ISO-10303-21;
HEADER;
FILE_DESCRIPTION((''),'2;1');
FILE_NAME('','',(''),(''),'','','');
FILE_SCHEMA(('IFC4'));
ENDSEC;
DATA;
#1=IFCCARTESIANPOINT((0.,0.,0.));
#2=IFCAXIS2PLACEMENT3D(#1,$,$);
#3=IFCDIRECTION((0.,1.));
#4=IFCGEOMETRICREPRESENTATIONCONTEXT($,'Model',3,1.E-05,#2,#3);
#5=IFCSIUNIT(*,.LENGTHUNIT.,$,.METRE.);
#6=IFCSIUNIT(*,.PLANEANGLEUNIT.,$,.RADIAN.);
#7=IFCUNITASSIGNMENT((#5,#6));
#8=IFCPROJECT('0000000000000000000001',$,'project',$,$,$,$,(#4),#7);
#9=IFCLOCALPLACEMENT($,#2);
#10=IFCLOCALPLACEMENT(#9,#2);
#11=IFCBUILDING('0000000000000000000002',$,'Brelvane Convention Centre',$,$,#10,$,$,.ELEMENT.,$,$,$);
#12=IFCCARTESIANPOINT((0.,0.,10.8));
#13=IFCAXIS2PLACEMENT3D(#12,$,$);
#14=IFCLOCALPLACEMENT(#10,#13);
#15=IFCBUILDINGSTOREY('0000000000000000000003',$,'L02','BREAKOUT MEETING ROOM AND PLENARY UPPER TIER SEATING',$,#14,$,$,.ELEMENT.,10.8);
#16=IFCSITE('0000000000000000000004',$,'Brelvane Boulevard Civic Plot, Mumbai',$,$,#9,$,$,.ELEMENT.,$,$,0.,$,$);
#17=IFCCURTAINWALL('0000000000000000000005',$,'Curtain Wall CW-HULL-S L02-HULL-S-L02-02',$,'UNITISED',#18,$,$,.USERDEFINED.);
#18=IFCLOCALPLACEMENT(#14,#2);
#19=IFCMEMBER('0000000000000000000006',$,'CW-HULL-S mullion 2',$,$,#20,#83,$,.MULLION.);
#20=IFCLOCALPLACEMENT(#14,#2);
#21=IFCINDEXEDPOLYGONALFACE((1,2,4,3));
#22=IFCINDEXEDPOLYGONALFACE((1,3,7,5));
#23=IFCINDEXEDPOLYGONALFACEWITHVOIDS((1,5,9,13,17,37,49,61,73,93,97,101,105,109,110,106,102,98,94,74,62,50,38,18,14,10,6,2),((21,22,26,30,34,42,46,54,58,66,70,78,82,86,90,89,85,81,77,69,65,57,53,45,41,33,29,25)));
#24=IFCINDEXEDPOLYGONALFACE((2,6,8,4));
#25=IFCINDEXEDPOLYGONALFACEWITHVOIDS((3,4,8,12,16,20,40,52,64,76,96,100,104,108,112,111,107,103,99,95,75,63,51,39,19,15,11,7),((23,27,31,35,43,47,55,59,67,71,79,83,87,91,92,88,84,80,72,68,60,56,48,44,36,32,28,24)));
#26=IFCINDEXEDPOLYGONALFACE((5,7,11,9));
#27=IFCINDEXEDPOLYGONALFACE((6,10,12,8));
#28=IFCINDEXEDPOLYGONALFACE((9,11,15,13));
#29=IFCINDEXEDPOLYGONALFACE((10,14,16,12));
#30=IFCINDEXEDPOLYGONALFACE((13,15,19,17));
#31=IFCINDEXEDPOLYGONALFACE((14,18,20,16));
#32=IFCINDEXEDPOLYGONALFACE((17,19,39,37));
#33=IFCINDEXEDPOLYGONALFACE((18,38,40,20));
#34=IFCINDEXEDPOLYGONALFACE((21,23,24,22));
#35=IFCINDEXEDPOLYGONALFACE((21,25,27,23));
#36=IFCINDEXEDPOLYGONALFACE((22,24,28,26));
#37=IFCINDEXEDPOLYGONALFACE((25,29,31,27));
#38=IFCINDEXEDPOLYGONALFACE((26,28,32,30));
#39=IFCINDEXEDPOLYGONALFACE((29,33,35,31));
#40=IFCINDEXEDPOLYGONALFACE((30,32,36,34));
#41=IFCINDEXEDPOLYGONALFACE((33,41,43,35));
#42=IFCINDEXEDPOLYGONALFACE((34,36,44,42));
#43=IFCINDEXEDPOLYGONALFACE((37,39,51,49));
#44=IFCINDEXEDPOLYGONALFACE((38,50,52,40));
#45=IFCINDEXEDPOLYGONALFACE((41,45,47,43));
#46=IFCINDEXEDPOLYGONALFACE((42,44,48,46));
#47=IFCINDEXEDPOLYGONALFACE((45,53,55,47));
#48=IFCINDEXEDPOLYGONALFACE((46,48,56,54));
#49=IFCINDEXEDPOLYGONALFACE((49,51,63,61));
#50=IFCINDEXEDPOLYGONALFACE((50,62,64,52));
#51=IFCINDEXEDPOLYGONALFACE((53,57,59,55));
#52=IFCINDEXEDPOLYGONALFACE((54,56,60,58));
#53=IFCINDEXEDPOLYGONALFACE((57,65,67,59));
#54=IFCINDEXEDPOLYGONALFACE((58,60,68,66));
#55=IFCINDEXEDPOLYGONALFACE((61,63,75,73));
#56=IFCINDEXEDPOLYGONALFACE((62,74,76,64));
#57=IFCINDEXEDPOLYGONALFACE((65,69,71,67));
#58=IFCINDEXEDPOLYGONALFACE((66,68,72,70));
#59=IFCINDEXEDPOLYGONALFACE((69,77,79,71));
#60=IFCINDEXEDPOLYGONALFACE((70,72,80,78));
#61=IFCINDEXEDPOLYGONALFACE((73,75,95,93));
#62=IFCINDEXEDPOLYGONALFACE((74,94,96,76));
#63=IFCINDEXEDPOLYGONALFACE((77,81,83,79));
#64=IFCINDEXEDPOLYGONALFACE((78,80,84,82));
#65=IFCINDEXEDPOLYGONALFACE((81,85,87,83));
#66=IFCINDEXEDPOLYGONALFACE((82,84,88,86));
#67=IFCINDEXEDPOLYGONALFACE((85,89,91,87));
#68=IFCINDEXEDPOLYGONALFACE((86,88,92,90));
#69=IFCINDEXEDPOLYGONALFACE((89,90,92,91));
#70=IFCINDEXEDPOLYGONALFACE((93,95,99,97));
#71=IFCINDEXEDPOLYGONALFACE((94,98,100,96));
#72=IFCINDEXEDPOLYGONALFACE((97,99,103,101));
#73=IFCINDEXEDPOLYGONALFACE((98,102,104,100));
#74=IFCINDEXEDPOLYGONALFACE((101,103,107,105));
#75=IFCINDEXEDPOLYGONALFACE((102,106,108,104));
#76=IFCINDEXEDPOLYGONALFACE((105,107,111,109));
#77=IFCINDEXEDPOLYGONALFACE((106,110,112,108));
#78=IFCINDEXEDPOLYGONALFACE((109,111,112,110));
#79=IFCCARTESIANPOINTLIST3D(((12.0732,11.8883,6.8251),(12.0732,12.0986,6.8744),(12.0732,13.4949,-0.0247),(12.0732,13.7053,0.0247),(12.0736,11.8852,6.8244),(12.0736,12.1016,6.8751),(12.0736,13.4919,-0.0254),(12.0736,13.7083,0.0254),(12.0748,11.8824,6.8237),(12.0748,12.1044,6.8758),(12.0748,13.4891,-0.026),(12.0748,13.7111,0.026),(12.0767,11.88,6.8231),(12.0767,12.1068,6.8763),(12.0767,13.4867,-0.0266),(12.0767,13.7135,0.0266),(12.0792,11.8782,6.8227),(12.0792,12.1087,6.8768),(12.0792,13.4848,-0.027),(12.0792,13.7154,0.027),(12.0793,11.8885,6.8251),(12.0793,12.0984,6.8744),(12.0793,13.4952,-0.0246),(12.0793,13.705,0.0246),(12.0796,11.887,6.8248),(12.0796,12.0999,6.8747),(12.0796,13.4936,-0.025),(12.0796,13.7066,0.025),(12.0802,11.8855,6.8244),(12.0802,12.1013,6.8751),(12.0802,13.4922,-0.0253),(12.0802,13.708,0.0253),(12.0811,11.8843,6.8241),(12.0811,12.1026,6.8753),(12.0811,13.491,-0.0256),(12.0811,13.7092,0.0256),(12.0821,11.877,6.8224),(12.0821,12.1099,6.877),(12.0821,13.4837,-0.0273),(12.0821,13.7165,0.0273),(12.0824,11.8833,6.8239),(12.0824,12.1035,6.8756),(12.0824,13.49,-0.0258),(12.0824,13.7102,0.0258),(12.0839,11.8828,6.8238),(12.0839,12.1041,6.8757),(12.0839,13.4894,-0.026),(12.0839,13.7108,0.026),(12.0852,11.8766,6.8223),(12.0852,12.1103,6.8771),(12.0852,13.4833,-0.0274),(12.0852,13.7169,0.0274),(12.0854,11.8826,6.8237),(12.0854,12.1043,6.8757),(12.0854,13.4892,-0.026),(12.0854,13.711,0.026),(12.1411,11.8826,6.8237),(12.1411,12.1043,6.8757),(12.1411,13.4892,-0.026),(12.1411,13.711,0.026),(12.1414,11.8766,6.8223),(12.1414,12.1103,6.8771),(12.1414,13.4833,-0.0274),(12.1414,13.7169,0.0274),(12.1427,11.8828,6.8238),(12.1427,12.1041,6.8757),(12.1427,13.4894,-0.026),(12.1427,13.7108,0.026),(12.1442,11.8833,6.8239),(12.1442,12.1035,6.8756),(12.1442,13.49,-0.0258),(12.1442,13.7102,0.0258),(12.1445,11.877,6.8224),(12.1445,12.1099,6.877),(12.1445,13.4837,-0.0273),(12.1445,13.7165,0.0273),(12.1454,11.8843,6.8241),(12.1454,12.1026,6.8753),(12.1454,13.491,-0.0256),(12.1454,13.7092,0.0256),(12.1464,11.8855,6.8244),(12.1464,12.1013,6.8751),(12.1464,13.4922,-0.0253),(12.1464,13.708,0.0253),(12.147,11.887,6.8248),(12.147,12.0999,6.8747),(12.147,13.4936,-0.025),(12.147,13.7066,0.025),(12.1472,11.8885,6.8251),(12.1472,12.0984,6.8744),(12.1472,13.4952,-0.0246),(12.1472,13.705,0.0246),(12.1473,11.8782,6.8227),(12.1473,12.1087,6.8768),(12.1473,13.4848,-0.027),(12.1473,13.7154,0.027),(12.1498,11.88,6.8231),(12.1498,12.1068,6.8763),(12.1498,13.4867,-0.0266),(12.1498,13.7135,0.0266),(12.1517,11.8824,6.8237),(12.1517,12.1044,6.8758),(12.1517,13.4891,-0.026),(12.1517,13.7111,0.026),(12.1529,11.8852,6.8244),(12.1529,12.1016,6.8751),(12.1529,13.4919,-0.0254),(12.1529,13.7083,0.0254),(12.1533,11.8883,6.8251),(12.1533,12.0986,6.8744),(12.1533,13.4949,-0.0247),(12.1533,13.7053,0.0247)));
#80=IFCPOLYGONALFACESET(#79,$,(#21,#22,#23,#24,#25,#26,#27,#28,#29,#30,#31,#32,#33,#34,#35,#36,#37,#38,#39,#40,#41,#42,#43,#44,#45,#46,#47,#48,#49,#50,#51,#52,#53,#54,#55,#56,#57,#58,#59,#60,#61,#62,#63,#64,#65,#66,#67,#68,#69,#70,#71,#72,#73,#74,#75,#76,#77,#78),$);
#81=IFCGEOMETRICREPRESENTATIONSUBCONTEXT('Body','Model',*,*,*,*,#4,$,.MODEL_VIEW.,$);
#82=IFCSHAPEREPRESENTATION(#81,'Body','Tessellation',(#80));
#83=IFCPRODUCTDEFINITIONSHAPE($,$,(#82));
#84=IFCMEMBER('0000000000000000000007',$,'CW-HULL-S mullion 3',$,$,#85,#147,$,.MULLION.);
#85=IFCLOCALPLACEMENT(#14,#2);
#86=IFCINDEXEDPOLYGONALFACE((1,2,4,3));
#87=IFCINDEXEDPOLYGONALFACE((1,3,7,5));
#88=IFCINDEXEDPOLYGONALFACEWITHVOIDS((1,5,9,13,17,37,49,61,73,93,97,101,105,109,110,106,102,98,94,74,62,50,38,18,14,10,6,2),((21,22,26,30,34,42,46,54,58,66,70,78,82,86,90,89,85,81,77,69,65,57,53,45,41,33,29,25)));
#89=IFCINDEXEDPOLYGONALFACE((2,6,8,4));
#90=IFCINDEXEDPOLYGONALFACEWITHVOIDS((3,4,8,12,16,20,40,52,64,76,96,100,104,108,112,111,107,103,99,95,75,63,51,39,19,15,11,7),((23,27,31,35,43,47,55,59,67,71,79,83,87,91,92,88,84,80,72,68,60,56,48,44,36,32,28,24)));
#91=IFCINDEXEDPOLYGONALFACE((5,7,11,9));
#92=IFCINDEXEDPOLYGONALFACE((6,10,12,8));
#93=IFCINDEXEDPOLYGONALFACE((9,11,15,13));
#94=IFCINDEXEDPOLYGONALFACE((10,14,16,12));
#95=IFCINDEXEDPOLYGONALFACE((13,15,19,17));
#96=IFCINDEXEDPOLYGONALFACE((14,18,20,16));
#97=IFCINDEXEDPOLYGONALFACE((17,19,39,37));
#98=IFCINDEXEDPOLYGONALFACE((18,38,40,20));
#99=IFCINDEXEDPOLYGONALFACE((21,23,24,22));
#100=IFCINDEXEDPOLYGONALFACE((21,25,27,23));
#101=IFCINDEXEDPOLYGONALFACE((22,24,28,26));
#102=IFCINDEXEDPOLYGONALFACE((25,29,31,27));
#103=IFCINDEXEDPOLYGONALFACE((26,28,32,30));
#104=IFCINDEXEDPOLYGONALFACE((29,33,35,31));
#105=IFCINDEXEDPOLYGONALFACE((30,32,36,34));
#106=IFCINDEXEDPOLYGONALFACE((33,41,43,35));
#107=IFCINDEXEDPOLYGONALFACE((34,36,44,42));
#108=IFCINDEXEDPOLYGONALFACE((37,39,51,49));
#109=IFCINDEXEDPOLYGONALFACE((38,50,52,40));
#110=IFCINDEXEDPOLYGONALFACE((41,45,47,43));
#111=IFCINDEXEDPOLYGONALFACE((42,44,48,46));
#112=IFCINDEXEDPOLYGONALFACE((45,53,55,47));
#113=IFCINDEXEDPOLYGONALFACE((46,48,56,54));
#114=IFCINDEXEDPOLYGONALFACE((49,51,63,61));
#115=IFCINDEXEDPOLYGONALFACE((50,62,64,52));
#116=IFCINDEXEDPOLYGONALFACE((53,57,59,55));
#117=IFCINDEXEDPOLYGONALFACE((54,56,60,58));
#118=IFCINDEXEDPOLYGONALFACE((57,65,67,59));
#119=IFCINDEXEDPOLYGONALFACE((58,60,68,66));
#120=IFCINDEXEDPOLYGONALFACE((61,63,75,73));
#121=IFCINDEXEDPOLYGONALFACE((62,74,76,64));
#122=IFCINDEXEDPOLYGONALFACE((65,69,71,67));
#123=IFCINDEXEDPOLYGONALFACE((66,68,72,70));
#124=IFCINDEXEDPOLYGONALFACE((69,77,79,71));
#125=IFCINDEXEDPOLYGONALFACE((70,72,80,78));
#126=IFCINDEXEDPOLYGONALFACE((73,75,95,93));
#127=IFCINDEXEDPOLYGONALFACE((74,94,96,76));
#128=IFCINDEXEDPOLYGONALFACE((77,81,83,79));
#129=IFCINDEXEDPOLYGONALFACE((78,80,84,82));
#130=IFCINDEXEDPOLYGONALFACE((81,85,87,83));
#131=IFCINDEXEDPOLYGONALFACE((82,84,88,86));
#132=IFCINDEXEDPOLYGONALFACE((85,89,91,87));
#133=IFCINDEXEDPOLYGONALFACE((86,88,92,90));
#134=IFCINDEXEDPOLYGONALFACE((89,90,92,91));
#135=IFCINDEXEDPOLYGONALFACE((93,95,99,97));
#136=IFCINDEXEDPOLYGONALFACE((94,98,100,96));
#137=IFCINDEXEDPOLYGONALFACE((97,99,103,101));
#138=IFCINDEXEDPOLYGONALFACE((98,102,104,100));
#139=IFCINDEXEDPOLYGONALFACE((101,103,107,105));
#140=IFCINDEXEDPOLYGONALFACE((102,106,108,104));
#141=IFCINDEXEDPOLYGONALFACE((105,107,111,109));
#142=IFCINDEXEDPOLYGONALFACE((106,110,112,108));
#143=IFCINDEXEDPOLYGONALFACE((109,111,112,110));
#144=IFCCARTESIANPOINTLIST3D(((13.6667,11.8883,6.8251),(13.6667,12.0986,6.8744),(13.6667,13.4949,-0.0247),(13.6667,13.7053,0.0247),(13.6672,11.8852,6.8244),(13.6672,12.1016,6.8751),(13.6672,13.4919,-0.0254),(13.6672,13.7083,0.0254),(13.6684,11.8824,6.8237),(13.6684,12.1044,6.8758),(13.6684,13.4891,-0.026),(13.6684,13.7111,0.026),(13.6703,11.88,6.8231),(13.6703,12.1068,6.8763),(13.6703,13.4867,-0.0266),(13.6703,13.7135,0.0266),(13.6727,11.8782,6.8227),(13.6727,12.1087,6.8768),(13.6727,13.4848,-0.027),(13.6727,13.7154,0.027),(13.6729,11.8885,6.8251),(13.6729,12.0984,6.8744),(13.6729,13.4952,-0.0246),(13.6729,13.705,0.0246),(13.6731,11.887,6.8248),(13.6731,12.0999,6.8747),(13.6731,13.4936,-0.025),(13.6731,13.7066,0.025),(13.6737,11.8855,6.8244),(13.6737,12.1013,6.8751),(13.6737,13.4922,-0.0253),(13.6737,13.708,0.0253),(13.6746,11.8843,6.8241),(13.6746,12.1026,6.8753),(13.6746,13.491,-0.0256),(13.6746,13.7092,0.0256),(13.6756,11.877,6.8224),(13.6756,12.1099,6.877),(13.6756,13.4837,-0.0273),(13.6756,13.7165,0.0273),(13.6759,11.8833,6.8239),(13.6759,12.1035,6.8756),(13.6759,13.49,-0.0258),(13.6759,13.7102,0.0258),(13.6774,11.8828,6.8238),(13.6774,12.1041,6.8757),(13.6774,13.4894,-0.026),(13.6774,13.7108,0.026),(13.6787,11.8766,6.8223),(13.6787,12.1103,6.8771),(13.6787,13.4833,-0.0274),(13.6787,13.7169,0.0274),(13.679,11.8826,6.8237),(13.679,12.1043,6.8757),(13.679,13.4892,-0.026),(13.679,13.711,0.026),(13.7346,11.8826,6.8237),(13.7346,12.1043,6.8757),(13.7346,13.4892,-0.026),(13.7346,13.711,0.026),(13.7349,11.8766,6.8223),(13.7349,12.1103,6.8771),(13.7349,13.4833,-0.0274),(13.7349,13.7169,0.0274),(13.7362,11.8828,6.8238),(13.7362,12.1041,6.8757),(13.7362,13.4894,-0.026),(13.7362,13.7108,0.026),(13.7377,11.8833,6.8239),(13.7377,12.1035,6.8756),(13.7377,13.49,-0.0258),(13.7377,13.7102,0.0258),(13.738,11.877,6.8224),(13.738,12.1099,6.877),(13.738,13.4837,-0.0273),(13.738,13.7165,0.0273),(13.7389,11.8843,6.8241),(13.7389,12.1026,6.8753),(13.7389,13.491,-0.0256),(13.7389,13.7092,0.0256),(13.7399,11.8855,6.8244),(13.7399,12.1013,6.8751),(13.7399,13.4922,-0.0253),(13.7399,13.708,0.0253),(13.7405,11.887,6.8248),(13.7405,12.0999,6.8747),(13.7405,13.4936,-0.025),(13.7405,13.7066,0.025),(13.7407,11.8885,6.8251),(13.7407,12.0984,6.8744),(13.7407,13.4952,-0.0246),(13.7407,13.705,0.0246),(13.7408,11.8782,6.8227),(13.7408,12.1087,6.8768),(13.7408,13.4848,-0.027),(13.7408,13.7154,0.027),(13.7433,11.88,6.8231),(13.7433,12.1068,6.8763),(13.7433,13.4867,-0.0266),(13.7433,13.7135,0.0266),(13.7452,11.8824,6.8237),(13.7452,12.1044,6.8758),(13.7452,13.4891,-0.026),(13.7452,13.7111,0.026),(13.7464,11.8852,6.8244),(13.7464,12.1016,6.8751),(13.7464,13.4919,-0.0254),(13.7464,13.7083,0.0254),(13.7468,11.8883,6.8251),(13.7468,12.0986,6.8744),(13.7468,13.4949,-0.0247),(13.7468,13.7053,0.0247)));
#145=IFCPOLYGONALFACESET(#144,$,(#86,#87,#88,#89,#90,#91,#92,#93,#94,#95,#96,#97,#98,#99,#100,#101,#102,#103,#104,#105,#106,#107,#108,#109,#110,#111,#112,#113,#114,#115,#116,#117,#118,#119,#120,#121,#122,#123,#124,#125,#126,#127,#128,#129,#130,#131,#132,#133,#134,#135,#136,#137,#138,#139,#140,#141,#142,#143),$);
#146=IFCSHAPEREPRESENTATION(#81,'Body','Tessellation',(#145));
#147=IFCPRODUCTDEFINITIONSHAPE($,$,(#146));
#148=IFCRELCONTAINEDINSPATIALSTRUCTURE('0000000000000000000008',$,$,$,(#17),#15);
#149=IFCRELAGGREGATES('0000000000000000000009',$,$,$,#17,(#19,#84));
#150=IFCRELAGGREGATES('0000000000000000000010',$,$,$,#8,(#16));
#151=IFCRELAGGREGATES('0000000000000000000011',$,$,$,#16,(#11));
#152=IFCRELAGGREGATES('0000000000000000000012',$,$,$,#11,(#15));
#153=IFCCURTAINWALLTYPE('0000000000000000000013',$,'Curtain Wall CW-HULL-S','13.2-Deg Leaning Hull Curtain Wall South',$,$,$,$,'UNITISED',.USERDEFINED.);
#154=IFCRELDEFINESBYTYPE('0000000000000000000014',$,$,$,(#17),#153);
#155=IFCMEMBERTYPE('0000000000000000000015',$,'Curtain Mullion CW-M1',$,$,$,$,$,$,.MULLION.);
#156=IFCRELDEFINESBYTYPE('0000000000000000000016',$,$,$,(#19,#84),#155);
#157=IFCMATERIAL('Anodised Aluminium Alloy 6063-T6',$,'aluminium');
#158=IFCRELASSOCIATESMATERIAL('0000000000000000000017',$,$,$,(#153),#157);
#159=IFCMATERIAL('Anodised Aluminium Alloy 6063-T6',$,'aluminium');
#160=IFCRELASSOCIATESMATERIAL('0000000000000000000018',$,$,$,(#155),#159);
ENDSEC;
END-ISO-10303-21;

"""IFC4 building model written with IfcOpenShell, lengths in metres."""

from ifc_helpers import new_model, si_unit, direction, frame, origin, origin_2d, place, context, subcontext, project, spatial, hollow_rectangle, extrude, material, material_profile, profile_set, type_object, element, aggregate, save


model = new_model("IFC4")

# Units and contexts
model_context = context("Model", 3, precision=1e-05, world=origin(), true_north=direction((0.0, 1.0)))
body_context = subcontext(model_context, "Body", "Model", "MODEL_VIEW")
ifc_project = project(units=[si_unit("LENGTHUNIT", "METRE"), si_unit("PLANEANGLEUNIT", "RADIAN")], contexts=[model_context])

# Site, building, storey
site_placement = place(None, origin())
site = spatial("IfcSite", under=ifc_project, at=site_placement, Name="Brelvane Boulevard Civic Plot, Mumbai", CompositionType="ELEMENT", RefElevation=0.0)
building_placement = place(site_placement, origin())
building = spatial("IfcBuilding", under=site, at=building_placement, Name="Brelvane Convention Centre", CompositionType="ELEMENT")
storey_placement = place(building_placement, frame((0.0, 0.0, 10.8)))
storey = spatial("IfcBuildingStorey", under=building, at=storey_placement, Name="L02", Description="BREAKOUT MEETING ROOM AND PLENARY UPPER TIER SEATING", CompositionType="ELEMENT", Elevation=10.8)

# Shared definitions
ifc_material_1 = material(Name="Anodised Aluminium Alloy 6063-T6", Category="aluminium")
curtain_wall_type = type_object("IfcCurtainWallType", Name="Curtain Wall CW-HULL-S", Description="13.2-Deg Leaning Hull Curtain Wall South", ElementType="UNITISED", PredefinedType="USERDEFINED", material=ifc_material_1)
ifc_material_2 = material(Name="Anodised Aluminium Alloy 6063-T6", Category="aluminium")
ifc_material_profile_1 = material_profile(ifc_material_2, hollow_rectangle(XDim=0.0801, YDim=0.24, WallThickness=0.0061, InnerFilletRadius=0.0061, OuterFilletRadius=0.012, at=origin_2d()), Name="ALU-M 240x80x6.0")
ifc_profile_set_1 = profile_set([ifc_material_profile_1], Name="Anodised Aluminium Alloy 6063-T6")
member_type_1 = type_object("IfcMemberType", Name="Curtain Mullion CW-M1", PredefinedType="MULLION", material=ifc_profile_set_1)

# Curtain wall, members
curtain_wall_1_placement = place(storey_placement, origin())
curtain_wall_1 = element("IfcCurtainWall", 1, at=curtain_wall_1_placement, inside=storey, type_object=curtain_wall_type, Name="Curtain Wall CW-HULL-S L02-HULL-S-L02-02", ObjectType="UNITISED", PredefinedType="USERDEFINED")
member_1_placement = place(storey_placement, frame((12.1133, 13.6001, 0.0), z_axis=(0.0, -0.22836, 0.973577), x_axis=(1.0, 0.0, 0.0)))
member_1 = element("IfcMember", 2, at=member_1_placement, type_object=member_type_1, Name="CW-HULL-S mullion 2", PredefinedType="MULLION", context=body_context, shape_type="SweptSolid", body=[
    extrude(hollow_rectangle(XDim=0.0801, YDim=0.24, WallThickness=0.0061, InnerFilletRadius=0.0061, OuterFilletRadius=0.012, at=origin_2d()), origin(), (0.0, 0.0, 1.0), 7.0356),
])
member_2_placement = place(storey_placement, frame((13.7068, 13.6001, 0.0), z_axis=(0.0, -0.22836, 0.973577), x_axis=(1.0, 0.0, 0.0)))
member_2 = element("IfcMember", 3, at=member_2_placement, type_object=member_type_1, Name="CW-HULL-S mullion 3", PredefinedType="MULLION", context=body_context, shape_type="SweptSolid", body=[
    extrude(hollow_rectangle(XDim=0.0801, YDim=0.24, WallThickness=0.0061, InnerFilletRadius=0.0061, OuterFilletRadius=0.012, at=origin_2d()), origin(), (0.0, 0.0, 1.0), 7.0356),
])

aggregate(curtain_wall_1, [member_1, member_2])

save(model, "model.ifc")
